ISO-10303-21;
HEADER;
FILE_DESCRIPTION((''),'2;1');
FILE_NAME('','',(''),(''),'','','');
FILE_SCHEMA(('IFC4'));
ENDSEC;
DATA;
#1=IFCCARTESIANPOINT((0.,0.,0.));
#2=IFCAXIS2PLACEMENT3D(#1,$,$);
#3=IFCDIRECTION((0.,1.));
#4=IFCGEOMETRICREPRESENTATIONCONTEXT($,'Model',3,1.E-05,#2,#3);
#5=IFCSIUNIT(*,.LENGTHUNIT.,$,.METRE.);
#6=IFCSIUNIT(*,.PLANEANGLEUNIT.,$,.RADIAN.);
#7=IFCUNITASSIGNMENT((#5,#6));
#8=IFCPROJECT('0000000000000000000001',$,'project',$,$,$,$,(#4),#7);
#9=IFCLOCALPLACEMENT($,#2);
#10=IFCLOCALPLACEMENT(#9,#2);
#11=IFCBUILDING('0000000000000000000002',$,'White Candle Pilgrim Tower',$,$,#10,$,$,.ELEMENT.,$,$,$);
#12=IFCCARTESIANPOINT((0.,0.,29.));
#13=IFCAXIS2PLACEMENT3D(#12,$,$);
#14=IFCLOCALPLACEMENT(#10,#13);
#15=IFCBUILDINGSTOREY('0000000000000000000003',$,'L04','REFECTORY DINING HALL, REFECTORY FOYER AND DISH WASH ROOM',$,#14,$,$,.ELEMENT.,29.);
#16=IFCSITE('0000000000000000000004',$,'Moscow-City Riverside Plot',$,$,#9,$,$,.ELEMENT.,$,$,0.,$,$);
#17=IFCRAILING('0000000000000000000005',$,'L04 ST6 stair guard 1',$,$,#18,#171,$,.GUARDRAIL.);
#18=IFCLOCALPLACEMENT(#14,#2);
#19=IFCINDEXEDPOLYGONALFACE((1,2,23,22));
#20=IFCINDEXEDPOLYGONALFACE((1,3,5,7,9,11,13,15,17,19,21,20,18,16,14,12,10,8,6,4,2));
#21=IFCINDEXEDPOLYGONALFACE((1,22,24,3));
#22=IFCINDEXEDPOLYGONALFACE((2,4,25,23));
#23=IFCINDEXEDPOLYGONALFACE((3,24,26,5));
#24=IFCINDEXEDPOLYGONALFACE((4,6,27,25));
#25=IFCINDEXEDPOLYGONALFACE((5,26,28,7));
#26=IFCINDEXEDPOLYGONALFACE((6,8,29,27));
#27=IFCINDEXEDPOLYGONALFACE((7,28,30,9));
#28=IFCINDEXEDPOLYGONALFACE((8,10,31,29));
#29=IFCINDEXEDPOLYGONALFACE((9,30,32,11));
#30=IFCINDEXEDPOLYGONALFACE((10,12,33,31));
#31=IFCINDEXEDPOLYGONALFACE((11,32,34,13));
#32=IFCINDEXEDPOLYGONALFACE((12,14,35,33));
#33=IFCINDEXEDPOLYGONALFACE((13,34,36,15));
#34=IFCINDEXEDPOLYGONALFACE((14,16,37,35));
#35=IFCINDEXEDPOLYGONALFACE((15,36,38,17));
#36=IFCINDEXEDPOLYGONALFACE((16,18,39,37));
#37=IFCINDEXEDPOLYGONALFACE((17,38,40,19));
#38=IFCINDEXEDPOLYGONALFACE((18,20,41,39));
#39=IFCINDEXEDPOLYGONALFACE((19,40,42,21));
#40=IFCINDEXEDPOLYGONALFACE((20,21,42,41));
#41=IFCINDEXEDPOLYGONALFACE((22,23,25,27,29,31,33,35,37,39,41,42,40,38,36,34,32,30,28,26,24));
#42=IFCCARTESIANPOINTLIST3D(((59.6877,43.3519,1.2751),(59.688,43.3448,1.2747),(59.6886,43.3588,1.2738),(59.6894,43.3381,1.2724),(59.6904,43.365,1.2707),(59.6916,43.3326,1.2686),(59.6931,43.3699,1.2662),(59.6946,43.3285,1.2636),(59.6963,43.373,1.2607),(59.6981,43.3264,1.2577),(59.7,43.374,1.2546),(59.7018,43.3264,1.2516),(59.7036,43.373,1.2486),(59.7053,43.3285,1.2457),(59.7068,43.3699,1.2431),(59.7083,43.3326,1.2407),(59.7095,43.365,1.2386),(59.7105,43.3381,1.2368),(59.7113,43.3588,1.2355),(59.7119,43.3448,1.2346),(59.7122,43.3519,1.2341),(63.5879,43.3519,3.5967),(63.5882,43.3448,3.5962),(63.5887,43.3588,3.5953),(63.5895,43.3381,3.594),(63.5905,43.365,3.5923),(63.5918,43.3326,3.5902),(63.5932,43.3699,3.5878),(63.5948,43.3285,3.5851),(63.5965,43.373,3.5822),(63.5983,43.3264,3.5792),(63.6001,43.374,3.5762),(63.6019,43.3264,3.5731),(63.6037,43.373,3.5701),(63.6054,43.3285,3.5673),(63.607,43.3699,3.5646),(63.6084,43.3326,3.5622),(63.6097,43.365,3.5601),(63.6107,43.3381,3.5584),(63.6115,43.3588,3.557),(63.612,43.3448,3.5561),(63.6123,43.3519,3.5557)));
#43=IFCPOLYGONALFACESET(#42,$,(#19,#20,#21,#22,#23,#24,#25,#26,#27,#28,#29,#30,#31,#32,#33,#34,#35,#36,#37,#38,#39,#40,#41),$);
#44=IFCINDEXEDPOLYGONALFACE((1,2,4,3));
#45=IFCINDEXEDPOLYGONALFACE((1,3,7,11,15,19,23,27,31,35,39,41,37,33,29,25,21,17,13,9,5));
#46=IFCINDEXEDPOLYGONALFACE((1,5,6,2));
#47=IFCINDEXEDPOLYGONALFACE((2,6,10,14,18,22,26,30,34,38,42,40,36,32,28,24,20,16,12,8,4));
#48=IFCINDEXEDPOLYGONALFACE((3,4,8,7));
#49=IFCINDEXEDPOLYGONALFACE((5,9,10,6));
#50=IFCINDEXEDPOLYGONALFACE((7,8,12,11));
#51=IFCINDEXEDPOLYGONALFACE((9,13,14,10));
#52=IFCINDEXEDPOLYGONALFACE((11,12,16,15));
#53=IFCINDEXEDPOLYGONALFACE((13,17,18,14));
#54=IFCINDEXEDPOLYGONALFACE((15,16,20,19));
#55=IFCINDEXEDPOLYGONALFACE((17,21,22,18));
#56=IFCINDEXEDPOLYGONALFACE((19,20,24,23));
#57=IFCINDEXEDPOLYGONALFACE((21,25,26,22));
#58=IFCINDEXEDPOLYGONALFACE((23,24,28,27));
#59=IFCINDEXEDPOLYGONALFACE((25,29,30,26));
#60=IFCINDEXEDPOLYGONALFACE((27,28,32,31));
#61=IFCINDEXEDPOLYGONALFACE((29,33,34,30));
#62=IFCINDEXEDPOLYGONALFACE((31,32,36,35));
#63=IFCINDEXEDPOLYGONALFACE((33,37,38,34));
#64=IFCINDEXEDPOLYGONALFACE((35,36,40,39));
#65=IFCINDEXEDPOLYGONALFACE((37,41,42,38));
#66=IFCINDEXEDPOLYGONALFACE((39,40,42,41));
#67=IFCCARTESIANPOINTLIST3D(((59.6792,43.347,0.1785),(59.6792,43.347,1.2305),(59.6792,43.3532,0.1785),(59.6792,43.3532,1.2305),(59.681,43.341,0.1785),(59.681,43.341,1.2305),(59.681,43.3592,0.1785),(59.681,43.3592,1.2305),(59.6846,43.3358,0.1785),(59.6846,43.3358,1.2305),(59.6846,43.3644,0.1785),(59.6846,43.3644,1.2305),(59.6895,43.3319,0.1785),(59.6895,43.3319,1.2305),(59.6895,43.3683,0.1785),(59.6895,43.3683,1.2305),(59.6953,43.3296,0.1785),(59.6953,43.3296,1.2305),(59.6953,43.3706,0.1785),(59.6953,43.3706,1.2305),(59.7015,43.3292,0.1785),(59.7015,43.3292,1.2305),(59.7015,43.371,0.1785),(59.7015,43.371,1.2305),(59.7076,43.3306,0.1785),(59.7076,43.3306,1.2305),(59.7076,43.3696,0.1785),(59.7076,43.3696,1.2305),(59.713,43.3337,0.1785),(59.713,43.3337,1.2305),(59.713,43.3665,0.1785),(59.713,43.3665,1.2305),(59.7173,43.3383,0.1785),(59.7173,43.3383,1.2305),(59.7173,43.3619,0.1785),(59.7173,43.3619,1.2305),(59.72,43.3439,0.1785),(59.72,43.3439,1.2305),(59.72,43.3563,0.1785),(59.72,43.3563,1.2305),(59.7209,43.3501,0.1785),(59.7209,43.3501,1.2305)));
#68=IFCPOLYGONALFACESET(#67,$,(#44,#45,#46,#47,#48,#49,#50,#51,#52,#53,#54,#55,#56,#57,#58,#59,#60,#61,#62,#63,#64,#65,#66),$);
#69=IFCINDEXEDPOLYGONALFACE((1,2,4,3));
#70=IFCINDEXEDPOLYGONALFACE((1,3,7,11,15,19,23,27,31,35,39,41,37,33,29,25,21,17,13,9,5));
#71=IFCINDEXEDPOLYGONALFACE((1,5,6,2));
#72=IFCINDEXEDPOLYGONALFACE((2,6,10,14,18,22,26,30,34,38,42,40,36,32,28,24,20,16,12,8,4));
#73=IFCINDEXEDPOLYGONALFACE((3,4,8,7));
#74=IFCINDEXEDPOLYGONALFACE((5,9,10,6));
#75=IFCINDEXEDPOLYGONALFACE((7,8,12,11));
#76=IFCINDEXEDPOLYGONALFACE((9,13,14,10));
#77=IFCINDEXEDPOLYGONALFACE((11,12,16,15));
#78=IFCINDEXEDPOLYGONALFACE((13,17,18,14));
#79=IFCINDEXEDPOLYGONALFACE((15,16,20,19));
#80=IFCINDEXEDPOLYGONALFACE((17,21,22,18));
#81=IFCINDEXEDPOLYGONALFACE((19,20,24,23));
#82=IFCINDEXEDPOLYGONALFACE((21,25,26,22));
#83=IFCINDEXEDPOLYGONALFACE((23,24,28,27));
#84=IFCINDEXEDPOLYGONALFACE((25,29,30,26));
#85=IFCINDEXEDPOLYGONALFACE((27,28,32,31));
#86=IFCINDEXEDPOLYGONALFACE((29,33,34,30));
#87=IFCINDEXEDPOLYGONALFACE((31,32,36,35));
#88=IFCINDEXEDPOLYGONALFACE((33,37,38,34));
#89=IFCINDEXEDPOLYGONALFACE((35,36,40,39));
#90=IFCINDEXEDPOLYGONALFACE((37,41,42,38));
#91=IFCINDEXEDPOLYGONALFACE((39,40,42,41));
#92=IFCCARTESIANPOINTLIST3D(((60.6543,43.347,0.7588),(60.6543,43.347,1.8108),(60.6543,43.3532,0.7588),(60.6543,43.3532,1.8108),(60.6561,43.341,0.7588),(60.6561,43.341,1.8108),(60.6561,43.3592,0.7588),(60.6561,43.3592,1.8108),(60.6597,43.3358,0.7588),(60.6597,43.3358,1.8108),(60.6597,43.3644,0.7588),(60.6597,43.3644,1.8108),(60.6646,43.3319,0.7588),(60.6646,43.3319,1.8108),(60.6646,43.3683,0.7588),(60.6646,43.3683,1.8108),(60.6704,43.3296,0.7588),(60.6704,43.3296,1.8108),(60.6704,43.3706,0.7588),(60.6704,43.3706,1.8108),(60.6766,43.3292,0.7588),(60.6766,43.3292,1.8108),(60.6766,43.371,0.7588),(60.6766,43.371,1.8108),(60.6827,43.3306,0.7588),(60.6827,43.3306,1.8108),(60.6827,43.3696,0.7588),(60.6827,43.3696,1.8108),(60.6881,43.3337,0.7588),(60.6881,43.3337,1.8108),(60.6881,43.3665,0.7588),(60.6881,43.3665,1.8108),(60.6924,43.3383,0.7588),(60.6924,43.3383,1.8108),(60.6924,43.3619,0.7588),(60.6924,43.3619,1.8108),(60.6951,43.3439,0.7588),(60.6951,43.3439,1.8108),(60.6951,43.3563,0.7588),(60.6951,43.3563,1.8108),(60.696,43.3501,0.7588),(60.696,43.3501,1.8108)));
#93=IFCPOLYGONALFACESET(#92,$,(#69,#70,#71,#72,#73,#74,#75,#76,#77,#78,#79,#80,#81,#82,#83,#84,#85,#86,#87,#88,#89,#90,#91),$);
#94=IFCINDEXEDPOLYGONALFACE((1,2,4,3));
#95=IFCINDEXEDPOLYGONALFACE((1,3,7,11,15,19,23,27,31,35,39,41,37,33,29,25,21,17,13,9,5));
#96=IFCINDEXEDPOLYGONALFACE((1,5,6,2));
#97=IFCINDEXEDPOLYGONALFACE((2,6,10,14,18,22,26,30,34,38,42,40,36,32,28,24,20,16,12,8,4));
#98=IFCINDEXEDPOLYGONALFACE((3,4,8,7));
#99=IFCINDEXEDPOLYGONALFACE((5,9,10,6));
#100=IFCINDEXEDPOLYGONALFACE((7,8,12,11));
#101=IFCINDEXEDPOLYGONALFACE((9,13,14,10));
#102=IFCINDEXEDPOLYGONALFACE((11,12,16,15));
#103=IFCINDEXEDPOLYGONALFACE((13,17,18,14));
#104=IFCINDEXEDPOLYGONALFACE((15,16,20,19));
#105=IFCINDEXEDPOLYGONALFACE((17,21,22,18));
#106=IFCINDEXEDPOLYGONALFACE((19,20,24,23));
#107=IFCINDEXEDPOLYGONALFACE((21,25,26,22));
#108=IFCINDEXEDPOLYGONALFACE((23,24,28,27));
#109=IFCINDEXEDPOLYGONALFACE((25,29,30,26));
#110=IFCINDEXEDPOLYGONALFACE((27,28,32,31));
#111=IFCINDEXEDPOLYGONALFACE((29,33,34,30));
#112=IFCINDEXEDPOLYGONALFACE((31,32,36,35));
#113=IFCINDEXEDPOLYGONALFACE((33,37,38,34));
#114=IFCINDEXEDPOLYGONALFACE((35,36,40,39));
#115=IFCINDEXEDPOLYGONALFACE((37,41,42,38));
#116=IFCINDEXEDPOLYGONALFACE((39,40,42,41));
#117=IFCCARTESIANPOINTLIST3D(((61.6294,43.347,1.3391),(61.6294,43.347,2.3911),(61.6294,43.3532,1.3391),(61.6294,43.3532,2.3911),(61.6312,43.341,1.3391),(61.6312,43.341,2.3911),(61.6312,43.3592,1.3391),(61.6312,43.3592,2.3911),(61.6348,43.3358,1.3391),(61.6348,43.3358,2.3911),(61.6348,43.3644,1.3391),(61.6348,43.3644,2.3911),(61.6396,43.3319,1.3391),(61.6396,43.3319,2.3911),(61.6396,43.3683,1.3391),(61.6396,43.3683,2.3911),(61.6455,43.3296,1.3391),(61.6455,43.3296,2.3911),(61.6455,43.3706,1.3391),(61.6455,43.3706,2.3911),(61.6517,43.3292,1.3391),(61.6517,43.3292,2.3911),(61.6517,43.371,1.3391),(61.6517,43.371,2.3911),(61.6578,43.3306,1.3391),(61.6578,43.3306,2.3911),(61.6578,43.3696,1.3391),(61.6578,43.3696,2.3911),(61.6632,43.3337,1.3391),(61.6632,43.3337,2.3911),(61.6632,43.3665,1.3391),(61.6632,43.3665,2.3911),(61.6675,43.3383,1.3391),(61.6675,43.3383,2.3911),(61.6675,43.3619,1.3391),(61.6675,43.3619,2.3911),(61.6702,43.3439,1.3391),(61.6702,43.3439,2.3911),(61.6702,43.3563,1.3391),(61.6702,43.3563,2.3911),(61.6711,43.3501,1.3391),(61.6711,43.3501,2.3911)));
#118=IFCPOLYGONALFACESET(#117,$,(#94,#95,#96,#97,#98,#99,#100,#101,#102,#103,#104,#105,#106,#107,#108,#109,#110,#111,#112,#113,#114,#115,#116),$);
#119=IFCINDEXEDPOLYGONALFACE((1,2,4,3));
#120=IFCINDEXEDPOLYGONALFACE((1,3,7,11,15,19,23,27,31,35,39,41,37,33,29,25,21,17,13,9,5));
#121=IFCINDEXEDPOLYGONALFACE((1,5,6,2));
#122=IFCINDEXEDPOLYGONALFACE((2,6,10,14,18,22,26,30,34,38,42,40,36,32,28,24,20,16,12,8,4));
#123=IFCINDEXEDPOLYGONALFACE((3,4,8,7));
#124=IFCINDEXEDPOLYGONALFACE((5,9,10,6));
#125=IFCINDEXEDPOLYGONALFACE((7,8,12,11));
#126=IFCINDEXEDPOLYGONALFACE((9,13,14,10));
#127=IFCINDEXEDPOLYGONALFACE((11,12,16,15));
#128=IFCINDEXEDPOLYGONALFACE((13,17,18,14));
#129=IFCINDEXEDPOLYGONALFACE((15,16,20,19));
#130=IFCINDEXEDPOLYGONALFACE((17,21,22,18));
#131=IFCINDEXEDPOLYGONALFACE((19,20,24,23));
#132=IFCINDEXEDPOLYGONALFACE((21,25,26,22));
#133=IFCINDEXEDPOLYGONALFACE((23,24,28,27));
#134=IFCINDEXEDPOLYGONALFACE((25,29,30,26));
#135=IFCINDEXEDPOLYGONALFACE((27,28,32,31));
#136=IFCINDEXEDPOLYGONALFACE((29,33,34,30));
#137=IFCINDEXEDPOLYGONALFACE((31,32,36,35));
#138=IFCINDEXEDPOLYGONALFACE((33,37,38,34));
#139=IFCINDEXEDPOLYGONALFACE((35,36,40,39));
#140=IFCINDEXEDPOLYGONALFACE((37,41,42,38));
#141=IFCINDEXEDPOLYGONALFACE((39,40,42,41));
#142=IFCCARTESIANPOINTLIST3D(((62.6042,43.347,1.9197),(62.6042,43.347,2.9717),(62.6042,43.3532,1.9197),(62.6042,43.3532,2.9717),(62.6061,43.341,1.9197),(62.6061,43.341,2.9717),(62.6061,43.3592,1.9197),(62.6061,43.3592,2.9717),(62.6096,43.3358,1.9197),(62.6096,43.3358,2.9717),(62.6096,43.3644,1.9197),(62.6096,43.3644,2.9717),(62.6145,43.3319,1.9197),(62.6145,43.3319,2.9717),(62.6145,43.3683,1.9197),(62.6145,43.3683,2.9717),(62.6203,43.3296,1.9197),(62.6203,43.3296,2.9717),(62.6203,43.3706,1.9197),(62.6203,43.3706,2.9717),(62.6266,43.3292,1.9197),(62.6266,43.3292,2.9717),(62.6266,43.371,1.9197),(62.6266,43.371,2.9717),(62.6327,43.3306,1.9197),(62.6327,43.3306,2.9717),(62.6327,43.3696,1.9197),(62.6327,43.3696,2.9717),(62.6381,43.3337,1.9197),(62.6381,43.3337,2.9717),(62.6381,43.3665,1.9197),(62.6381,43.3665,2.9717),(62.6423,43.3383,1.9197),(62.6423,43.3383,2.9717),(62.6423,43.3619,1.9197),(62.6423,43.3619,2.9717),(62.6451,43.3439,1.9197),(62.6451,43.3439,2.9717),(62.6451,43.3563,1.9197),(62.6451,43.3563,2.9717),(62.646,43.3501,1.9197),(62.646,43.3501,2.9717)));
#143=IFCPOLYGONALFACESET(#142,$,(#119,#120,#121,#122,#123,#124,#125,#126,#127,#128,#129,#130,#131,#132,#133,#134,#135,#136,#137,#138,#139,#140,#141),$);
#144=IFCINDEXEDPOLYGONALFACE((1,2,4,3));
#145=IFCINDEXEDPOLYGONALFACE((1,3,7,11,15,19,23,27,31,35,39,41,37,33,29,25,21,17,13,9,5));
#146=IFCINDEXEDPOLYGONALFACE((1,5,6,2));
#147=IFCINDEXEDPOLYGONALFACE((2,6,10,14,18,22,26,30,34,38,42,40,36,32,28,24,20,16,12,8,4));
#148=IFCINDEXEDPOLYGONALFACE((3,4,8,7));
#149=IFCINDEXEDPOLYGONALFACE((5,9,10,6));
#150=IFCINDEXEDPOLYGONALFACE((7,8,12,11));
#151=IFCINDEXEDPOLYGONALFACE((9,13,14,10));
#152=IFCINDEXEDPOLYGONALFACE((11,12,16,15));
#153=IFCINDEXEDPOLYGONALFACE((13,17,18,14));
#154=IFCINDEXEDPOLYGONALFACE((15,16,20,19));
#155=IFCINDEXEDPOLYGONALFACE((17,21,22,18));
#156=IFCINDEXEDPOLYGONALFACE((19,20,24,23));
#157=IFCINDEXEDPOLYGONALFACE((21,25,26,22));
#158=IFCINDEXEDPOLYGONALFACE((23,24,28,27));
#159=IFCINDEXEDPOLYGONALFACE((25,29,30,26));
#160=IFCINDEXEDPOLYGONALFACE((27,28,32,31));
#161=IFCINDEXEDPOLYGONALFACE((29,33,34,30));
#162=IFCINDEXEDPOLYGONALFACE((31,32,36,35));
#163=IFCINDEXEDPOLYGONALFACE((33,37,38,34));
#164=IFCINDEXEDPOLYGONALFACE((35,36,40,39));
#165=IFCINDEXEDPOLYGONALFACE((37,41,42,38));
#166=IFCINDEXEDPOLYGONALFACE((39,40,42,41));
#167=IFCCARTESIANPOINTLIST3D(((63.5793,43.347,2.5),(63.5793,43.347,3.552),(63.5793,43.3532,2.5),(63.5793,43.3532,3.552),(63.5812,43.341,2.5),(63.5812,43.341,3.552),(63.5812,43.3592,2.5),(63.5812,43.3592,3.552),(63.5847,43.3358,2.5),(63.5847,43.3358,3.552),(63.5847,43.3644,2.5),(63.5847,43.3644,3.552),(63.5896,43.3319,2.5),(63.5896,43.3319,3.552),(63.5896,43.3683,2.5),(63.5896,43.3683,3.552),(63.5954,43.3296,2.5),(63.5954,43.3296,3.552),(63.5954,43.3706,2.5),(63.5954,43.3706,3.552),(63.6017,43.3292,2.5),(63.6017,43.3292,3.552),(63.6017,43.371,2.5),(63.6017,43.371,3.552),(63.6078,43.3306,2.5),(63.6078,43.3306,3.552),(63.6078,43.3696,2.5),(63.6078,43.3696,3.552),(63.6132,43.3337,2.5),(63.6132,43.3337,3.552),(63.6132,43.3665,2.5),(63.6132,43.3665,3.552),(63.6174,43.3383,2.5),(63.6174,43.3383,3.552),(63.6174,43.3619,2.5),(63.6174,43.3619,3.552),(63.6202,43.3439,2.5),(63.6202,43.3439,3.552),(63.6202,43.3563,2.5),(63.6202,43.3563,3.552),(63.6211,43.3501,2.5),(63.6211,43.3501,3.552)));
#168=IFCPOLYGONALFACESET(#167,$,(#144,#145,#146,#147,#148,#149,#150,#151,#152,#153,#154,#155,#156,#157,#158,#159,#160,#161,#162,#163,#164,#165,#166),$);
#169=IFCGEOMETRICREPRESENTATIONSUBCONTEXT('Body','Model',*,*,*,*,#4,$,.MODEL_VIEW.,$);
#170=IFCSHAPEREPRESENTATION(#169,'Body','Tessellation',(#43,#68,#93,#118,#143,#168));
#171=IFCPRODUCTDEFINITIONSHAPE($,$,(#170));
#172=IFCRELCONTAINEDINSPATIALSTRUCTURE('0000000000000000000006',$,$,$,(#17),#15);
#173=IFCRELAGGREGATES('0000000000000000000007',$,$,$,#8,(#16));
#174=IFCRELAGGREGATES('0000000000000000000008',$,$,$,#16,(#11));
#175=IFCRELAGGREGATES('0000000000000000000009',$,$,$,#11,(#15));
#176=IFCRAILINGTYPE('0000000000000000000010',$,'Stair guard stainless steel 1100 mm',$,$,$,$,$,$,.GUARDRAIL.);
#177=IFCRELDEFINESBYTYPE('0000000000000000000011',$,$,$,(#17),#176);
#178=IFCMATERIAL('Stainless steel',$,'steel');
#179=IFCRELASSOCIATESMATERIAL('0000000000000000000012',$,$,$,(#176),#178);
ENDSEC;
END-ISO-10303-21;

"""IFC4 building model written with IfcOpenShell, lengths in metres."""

from ifc_helpers import new_model, si_unit, direction, frame, origin, origin_2d, place, context, subcontext, project, spatial, circle, extrude, material, type_object, element, save


model = new_model("IFC4")

# Units and contexts
model_context = context("Model", 3, precision=1e-05, world=origin(), true_north=direction((0.0, 1.0)))
body_context = subcontext(model_context, "Body", "Model", "MODEL_VIEW")
ifc_project = project(units=[si_unit("LENGTHUNIT", "METRE"), si_unit("PLANEANGLEUNIT", "RADIAN")], contexts=[model_context])

# Site, building, storey
site_placement = place(None, origin())
site = spatial("IfcSite", under=ifc_project, at=site_placement, Name="Moscow-City Riverside Plot", CompositionType="ELEMENT", RefElevation=0.0)
building_placement = place(site_placement, origin())
building = spatial("IfcBuilding", under=site, at=building_placement, Name="White Candle Pilgrim Tower", CompositionType="ELEMENT")
storey_placement = place(building_placement, frame((0.0, 0.0, 29.0)))
storey = spatial("IfcBuildingStorey", under=building, at=storey_placement, Name="L04", Description="REFECTORY DINING HALL, REFECTORY FOYER AND DISH WASH ROOM", CompositionType="ELEMENT", Elevation=29.0)

# Railing
ifc_material_1 = material(Name="Stainless steel", Category="steel")
railing_type_1 = type_object("IfcRailingType", Name="Stair guard stainless steel 1100 mm", PredefinedType="GUARDRAIL", material=ifc_material_1)
railing_1_placement = place(storey_placement, frame((59.7, 43.3501, 0.1785)))
element("IfcRailing", 1, at=railing_1_placement, inside=storey, type_object=railing_type_1, Name="L04 ST6 stair guard 1", PredefinedType="GUARDRAIL", context=body_context, shape_type="SweptSolid", body=[
    extrude(circle(Radius=0.0239, at=origin_2d()), frame((0.0, 0.0, 1.0762), z_axis=(0.859291, 0.0, 0.511487), x_axis=(0.0, 1.0, 0.0)), (0.0, 0.0, 1.0), 4.5388),
    extrude(circle(Radius=0.021, at=origin_2d()), origin(), (0.0, 0.0, 1.0), 1.052),
    extrude(circle(Radius=0.021, at=origin_2d()), frame((0.9751, 0.0, 0.5803)), (0.0, 0.0, 1.0), 1.052),
    extrude(circle(Radius=0.021, at=origin_2d()), frame((1.9502, 0.0, 1.1606)), (0.0, 0.0, 1.0), 1.052),
    extrude(circle(Radius=0.021, at=origin_2d()), frame((2.925, 0.0, 1.7412)), (0.0, 0.0, 1.0), 1.052),
    extrude(circle(Radius=0.021, at=origin_2d()), frame((3.9001, 0.0, 2.3215)), (0.0, 0.0, 1.0), 1.052),
])

save(model, "model.ifc")
